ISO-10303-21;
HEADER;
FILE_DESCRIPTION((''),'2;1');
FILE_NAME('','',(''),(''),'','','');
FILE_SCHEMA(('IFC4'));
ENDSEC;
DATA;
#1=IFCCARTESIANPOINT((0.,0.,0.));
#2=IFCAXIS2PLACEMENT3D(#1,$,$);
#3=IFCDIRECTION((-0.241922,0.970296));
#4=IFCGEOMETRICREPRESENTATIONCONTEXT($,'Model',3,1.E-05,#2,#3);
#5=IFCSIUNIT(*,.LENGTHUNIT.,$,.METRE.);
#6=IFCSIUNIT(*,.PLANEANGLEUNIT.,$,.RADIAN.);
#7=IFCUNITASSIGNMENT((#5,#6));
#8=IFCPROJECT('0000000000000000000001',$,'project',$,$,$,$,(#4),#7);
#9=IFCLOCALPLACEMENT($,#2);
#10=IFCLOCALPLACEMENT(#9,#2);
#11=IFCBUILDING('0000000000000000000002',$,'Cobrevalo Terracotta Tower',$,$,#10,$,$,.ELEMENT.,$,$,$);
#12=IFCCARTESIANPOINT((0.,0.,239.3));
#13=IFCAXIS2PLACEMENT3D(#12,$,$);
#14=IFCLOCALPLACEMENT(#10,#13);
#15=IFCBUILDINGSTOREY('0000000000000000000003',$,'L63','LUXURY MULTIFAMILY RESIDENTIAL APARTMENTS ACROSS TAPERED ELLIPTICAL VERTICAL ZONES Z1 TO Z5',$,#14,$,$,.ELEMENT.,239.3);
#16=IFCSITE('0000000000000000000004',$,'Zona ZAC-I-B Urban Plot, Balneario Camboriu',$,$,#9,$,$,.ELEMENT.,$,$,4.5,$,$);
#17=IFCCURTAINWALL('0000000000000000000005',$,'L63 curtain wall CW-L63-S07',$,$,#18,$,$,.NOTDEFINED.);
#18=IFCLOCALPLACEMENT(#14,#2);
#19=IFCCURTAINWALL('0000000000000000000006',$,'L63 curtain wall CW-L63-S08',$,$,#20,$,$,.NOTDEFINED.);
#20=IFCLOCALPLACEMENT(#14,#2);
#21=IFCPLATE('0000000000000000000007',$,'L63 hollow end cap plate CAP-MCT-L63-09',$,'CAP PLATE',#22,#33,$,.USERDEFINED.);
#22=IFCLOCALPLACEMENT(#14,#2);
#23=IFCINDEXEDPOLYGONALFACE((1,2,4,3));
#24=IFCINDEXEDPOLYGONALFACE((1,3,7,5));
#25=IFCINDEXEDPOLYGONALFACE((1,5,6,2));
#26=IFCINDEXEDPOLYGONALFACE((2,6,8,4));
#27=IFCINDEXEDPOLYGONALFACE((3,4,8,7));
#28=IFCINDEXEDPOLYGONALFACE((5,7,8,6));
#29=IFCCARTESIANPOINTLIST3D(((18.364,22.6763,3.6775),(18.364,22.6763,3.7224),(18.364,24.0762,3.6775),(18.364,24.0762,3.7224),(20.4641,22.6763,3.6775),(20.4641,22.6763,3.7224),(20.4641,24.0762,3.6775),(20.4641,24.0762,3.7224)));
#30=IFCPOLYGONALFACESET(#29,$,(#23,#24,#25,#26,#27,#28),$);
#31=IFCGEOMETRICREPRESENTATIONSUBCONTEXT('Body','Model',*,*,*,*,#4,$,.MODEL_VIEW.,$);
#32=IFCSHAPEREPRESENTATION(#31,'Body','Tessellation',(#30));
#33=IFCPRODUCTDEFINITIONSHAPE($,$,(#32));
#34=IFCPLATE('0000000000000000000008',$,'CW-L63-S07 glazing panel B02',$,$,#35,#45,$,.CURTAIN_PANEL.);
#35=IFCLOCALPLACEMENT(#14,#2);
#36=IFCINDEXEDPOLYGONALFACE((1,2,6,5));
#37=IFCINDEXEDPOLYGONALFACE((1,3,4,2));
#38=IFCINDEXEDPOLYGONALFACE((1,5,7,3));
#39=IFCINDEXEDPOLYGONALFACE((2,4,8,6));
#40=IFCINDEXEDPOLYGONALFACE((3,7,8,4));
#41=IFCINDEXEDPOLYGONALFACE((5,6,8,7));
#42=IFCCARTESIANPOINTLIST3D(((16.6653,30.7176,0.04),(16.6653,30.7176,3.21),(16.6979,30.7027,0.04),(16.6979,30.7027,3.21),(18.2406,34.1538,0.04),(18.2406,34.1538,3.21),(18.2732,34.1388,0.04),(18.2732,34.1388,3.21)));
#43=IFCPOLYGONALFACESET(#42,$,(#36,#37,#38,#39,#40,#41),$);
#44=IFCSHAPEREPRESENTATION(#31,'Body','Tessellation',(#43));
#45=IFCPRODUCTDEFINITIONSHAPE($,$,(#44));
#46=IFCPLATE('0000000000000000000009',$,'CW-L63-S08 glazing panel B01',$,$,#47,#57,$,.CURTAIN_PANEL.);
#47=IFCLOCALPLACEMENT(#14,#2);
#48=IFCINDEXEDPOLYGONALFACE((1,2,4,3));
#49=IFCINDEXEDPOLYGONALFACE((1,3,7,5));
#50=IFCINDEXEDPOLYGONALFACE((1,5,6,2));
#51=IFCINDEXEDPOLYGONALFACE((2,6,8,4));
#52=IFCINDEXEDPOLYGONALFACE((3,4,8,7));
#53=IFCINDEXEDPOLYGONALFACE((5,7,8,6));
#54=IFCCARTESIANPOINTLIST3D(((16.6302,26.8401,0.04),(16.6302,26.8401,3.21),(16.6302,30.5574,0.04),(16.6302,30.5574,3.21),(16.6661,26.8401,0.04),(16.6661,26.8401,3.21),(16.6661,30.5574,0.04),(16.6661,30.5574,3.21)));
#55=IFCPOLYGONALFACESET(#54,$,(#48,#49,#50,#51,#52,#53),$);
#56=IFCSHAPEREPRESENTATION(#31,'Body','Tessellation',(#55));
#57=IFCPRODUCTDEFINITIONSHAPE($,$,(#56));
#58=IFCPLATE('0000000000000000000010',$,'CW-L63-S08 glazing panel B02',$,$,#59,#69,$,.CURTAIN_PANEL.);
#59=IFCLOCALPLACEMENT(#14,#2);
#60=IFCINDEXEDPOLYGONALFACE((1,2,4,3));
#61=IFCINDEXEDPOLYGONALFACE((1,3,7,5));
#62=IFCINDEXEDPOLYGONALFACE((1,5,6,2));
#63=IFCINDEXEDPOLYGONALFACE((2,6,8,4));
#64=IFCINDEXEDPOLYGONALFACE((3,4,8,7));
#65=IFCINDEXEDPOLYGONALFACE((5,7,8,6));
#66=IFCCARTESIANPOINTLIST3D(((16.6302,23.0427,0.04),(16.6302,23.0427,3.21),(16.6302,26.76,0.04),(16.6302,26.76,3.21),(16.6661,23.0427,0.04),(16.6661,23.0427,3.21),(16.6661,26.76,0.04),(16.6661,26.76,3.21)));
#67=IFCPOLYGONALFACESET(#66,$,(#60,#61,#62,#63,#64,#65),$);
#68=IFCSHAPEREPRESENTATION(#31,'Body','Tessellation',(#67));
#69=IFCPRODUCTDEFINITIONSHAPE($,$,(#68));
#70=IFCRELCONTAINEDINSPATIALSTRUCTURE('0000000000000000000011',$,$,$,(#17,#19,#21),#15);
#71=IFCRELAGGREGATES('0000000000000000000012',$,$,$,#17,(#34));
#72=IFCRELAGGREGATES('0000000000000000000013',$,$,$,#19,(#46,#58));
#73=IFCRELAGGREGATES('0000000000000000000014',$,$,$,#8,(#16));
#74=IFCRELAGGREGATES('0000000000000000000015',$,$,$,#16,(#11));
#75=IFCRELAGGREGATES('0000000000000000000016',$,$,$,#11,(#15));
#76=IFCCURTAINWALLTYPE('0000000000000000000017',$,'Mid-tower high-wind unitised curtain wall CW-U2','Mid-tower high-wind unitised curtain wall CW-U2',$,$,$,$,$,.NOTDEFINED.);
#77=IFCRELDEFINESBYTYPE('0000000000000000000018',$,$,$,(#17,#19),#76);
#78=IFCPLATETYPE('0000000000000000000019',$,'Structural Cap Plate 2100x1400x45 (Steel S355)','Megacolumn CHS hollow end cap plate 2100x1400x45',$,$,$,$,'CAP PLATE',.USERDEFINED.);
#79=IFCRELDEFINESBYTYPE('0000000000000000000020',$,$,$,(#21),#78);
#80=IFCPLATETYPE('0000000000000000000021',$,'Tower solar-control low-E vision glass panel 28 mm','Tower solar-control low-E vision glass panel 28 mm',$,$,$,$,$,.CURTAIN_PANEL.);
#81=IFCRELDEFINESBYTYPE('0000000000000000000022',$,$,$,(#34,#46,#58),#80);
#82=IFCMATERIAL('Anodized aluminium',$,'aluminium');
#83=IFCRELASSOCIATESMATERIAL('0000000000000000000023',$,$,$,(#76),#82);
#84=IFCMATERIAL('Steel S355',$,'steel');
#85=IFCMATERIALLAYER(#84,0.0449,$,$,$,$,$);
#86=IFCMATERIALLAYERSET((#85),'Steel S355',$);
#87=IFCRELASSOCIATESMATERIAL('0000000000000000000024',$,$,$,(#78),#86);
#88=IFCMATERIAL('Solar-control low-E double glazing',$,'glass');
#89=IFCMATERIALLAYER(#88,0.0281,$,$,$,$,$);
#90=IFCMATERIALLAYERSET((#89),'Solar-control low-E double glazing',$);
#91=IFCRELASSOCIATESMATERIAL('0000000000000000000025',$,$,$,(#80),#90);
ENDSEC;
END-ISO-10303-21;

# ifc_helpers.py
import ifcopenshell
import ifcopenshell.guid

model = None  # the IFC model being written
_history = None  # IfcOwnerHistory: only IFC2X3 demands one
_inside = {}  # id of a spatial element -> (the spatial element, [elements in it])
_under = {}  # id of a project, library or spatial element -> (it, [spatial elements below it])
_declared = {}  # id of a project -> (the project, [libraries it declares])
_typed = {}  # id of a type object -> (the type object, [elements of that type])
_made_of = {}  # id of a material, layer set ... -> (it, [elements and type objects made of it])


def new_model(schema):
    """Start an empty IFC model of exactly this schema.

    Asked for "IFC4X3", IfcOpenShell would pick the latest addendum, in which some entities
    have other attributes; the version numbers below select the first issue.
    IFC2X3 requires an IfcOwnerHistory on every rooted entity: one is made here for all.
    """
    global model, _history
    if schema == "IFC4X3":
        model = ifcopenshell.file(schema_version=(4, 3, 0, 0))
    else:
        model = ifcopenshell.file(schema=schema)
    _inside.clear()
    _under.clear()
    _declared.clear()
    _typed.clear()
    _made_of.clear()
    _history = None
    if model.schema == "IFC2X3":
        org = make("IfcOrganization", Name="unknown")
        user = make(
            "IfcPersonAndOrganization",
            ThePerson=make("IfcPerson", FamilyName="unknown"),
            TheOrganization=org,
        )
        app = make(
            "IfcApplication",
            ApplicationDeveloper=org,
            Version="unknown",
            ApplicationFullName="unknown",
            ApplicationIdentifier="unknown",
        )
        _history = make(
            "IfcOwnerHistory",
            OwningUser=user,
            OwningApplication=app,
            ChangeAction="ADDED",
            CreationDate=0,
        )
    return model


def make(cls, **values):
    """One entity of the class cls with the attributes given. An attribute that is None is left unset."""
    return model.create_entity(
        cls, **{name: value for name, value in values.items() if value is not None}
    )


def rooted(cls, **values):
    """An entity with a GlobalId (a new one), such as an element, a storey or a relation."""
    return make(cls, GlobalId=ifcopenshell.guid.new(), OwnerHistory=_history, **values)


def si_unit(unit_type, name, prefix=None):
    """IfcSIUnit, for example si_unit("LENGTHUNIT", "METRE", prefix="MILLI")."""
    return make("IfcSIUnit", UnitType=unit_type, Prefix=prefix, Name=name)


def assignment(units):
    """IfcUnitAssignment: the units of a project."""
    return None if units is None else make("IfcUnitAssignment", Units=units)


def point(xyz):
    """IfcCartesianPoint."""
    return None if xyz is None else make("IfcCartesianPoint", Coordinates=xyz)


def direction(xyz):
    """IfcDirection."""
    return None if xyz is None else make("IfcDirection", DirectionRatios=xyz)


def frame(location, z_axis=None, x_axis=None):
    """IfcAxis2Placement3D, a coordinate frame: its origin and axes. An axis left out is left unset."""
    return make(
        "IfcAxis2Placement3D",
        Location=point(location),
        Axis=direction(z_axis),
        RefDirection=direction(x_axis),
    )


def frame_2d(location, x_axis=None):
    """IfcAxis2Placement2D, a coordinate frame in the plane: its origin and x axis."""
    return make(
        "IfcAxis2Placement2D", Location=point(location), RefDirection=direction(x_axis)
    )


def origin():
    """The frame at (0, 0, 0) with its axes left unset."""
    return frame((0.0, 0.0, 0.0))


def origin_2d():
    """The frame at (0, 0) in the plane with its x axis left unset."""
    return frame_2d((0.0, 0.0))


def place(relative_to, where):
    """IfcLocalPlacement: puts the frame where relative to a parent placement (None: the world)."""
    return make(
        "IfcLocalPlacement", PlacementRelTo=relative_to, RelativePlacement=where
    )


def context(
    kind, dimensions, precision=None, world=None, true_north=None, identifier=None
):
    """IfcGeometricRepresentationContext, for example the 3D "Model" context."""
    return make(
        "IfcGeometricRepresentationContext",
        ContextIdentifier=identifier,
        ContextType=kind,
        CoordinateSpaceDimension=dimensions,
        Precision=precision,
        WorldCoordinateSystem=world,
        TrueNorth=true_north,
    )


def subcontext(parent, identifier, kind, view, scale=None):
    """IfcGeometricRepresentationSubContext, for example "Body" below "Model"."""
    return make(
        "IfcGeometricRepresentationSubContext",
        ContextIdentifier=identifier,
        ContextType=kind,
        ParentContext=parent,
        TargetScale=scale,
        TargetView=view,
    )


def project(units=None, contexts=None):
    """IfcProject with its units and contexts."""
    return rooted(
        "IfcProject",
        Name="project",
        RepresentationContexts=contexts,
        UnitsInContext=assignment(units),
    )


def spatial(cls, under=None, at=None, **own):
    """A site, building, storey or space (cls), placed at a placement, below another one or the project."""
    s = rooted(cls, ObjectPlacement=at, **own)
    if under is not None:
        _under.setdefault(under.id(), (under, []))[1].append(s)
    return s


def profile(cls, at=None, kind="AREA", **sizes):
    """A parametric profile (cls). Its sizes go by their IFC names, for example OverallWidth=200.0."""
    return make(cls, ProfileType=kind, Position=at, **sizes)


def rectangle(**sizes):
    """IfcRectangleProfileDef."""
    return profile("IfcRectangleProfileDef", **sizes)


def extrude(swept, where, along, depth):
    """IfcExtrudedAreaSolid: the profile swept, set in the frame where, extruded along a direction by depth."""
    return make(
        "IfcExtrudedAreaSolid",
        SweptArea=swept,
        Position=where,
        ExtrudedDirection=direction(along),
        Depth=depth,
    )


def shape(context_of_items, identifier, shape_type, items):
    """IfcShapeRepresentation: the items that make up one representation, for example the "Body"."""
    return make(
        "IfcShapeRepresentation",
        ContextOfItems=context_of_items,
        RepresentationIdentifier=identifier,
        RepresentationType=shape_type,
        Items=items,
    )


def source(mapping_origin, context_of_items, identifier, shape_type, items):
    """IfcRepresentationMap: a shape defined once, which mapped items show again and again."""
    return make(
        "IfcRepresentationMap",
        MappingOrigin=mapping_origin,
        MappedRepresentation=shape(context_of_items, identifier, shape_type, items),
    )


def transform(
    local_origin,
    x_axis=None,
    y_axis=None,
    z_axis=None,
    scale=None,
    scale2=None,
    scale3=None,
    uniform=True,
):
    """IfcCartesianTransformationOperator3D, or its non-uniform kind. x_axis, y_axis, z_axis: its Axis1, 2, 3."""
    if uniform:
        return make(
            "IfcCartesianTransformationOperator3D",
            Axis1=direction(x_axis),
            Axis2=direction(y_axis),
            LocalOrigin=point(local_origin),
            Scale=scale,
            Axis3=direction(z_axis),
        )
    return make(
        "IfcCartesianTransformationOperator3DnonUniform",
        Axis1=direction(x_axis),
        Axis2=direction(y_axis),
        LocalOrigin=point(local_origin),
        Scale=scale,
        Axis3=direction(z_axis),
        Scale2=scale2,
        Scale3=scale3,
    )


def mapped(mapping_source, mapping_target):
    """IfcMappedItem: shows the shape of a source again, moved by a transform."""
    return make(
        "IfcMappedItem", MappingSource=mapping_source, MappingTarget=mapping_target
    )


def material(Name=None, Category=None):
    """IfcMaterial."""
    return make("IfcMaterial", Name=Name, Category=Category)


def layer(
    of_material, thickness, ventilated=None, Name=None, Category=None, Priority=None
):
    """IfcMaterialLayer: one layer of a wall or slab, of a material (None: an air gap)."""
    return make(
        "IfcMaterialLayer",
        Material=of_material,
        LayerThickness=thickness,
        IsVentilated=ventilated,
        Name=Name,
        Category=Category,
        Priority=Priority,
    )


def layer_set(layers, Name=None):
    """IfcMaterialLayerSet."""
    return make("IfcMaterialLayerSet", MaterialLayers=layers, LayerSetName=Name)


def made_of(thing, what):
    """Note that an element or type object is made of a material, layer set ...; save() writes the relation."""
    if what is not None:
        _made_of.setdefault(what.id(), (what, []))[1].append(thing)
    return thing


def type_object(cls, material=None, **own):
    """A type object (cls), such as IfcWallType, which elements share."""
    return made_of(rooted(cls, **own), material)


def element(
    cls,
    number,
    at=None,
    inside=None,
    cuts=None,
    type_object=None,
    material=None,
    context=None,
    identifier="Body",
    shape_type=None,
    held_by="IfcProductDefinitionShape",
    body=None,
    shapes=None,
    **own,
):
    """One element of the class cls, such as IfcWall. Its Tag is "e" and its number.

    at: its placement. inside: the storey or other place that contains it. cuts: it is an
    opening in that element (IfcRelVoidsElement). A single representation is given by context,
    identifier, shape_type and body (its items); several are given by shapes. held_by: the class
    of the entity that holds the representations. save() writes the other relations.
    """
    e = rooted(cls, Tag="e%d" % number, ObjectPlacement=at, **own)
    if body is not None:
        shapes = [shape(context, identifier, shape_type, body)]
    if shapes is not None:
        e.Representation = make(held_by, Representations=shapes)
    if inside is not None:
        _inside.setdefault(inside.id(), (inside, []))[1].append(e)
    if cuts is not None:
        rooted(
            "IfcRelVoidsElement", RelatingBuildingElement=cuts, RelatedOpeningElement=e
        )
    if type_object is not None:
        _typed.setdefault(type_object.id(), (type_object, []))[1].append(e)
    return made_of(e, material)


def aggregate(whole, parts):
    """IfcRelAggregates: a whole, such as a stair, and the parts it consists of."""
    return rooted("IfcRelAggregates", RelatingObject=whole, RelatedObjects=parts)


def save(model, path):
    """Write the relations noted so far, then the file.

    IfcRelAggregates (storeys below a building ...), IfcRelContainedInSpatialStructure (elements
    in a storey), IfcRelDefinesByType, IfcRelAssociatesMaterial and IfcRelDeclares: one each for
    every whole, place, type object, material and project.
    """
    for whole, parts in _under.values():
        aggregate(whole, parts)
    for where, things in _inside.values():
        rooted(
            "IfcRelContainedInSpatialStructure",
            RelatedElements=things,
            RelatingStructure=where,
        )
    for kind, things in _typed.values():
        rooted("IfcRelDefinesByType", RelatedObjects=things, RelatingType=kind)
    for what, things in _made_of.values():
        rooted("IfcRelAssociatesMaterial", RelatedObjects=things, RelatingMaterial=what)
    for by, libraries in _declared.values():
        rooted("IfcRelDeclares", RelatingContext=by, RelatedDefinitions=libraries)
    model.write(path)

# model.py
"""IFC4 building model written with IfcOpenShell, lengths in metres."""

from ifc_helpers import new_model, si_unit, direction, frame, origin, origin_2d, place, context, subcontext, project, spatial, rectangle, extrude, source, transform, mapped, material, layer, layer_set, type_object, element, aggregate, save


model = new_model("IFC4")

# Units and contexts
model_context = context("Model", 3, precision=1e-05, world=origin(), true_north=direction((-0.241922, 0.970296)))
body_context = subcontext(model_context, "Body", "Model", "MODEL_VIEW")
ifc_project = project(units=[si_unit("LENGTHUNIT", "METRE"), si_unit("PLANEANGLEUNIT", "RADIAN")], contexts=[model_context])

# Site, building, storey
site_placement = place(None, origin())
site = spatial("IfcSite", under=ifc_project, at=site_placement, Name="Zona ZAC-I-B Urban Plot, Balneario Camboriu", CompositionType="ELEMENT", RefElevation=4.5)
building_placement = place(site_placement, origin())
building = spatial("IfcBuilding", under=site, at=building_placement, Name="Cobrevalo Terracotta Tower", CompositionType="ELEMENT")
storey_placement = place(building_placement, frame((0.0, 0.0, 239.3)))
storey = spatial("IfcBuildingStorey", under=building, at=storey_placement, Name="L63", Description="LUXURY MULTIFAMILY RESIDENTIAL APARTMENTS ACROSS TAPERED ELLIPTICAL VERTICAL ZONES Z1 TO Z5", CompositionType="ELEMENT", Elevation=239.3)

# Shared definitions
ifc_material_1 = material(Name="Steel S355", Category="steel")

# Curtain wall
ifc_material_2 = material(Name="Anodized aluminium", Category="aluminium")
curtain_wall_type = type_object("IfcCurtainWallType", Name="Mid-tower high-wind unitised curtain wall CW-U2", Description="Mid-tower high-wind unitised curtain wall CW-U2", PredefinedType="NOTDEFINED", material=ifc_material_2)
curtain_wall_1_placement = place(storey_placement, origin())
curtain_wall_1 = element("IfcCurtainWall", 1, at=curtain_wall_1_placement, inside=storey, type_object=curtain_wall_type, Name="L63 curtain wall CW-L63-S07", PredefinedType="NOTDEFINED")

# Curtain wall
curtain_wall_2_placement = place(storey_placement, origin())
curtain_wall_2 = element("IfcCurtainWall", 2, at=curtain_wall_2_placement, inside=storey, type_object=curtain_wall_type, Name="L63 curtain wall CW-L63-S08", PredefinedType="NOTDEFINED")

# Plate
ifc_layer_1 = layer(ifc_material_1, 0.0449)
ifc_layer_set_1 = layer_set([ifc_layer_1], Name="Steel S355")
plate_type_1 = type_object("IfcPlateType", Name="Structural Cap Plate 2100x1400x45 (Steel S355)", Description="Megacolumn CHS hollow end cap plate 2100x1400x45", ElementType="CAP PLATE", PredefinedType="USERDEFINED", material=ifc_layer_set_1)
shared_shape_1 = source(origin(), body_context, "Body", "SweptSolid", [
    extrude(rectangle(XDim=2.1001, YDim=1.3999, at=origin_2d()), origin(), (0.0, 0.0, 1.0), 0.0449),
])
for number, where, z_axis, x_axis, name in (
    (3, (19.4141, 23.3762, 3.6775), (0.0, 0.0, 1.0), (-1.0, 0.0, 0.0), "L63 hollow end cap plate CAP-MCT-L63-09"),
):
    element("IfcPlate", number, at=place(storey_placement, frame(where, z_axis=z_axis, x_axis=x_axis)), inside=storey, type_object=plate_type_1, Name=name, ObjectType="CAP PLATE", PredefinedType="USERDEFINED", context=body_context, shape_type="MappedRepresentation", body=[
        mapped(shared_shape_1, transform((0.0, 0.0, 0.0), scale=1.0)),
    ])

# Plates
ifc_material_3 = material(Name="Solar-control low-E double glazing", Category="glass")
ifc_layer_2 = layer(ifc_material_3, 0.0281)
ifc_layer_set_2 = layer_set([ifc_layer_2], Name="Solar-control low-E double glazing")
plate_type_2 = type_object("IfcPlateType", Name="Tower solar-control low-E vision glass panel 28 mm", Description="Tower solar-control low-E vision glass panel 28 mm", PredefinedType="CURTAIN_PANEL", material=ifc_layer_set_2)
shared_shape_2 = source(origin(), body_context, "Body", "SweptSolid", [
    extrude(rectangle(XDim=3.78, YDim=0.0359, at=origin_2d()), origin(), (0.0, 0.0, 1.0), 3.1699),
])
plate_1_placement = place(storey_placement, frame((17.4692, 32.4282, 0.04), z_axis=(0.0, 0.0, 1.0), x_axis=(-0.416731, -0.90903, 0.0)))
plate_1 = element("IfcPlate", 4, at=plate_1_placement, type_object=plate_type_2, Name="CW-L63-S07 glazing panel B02", PredefinedType="CURTAIN_PANEL", context=body_context, shape_type="MappedRepresentation", body=[
    mapped(shared_shape_2, transform((0.0, 0.0, 0.0), scale=1.0)),
])
aggregate(curtain_wall_1, [plate_1])
shared_shape_3 = source(origin(), body_context, "Body", "SweptSolid", [
    extrude(rectangle(XDim=3.7173, YDim=0.0359, at=origin_2d()), origin(), (0.0, 0.0, 1.0), 3.1699),
])
plate_2_placement = place(storey_placement, frame((16.6482, 28.6987, 0.04), z_axis=(0.0, 0.0, 1.0), x_axis=(0.0, -1.0, 0.0)))
plate_2 = element("IfcPlate", 5, at=plate_2_placement, type_object=plate_type_2, Name="CW-L63-S08 glazing panel B01", PredefinedType="CURTAIN_PANEL", context=body_context, shape_type="MappedRepresentation", body=[
    mapped(shared_shape_3, transform((0.0, 0.0, 0.0), scale=1.0)),
])
plate_3_placement = place(storey_placement, frame((16.6482, 24.9014, 0.04), z_axis=(0.0, 0.0, 1.0), x_axis=(0.0, -1.0, 0.0)))
plate_3 = element("IfcPlate", 6, at=plate_3_placement, type_object=plate_type_2, Name="CW-L63-S08 glazing panel B02", PredefinedType="CURTAIN_PANEL", context=body_context, shape_type="MappedRepresentation", body=[
    mapped(shared_shape_3, transform((0.0, 0.0, 0.0), scale=1.0)),
])
aggregate(curtain_wall_2, [plate_2, plate_3])

save(model, "model.ifc")
